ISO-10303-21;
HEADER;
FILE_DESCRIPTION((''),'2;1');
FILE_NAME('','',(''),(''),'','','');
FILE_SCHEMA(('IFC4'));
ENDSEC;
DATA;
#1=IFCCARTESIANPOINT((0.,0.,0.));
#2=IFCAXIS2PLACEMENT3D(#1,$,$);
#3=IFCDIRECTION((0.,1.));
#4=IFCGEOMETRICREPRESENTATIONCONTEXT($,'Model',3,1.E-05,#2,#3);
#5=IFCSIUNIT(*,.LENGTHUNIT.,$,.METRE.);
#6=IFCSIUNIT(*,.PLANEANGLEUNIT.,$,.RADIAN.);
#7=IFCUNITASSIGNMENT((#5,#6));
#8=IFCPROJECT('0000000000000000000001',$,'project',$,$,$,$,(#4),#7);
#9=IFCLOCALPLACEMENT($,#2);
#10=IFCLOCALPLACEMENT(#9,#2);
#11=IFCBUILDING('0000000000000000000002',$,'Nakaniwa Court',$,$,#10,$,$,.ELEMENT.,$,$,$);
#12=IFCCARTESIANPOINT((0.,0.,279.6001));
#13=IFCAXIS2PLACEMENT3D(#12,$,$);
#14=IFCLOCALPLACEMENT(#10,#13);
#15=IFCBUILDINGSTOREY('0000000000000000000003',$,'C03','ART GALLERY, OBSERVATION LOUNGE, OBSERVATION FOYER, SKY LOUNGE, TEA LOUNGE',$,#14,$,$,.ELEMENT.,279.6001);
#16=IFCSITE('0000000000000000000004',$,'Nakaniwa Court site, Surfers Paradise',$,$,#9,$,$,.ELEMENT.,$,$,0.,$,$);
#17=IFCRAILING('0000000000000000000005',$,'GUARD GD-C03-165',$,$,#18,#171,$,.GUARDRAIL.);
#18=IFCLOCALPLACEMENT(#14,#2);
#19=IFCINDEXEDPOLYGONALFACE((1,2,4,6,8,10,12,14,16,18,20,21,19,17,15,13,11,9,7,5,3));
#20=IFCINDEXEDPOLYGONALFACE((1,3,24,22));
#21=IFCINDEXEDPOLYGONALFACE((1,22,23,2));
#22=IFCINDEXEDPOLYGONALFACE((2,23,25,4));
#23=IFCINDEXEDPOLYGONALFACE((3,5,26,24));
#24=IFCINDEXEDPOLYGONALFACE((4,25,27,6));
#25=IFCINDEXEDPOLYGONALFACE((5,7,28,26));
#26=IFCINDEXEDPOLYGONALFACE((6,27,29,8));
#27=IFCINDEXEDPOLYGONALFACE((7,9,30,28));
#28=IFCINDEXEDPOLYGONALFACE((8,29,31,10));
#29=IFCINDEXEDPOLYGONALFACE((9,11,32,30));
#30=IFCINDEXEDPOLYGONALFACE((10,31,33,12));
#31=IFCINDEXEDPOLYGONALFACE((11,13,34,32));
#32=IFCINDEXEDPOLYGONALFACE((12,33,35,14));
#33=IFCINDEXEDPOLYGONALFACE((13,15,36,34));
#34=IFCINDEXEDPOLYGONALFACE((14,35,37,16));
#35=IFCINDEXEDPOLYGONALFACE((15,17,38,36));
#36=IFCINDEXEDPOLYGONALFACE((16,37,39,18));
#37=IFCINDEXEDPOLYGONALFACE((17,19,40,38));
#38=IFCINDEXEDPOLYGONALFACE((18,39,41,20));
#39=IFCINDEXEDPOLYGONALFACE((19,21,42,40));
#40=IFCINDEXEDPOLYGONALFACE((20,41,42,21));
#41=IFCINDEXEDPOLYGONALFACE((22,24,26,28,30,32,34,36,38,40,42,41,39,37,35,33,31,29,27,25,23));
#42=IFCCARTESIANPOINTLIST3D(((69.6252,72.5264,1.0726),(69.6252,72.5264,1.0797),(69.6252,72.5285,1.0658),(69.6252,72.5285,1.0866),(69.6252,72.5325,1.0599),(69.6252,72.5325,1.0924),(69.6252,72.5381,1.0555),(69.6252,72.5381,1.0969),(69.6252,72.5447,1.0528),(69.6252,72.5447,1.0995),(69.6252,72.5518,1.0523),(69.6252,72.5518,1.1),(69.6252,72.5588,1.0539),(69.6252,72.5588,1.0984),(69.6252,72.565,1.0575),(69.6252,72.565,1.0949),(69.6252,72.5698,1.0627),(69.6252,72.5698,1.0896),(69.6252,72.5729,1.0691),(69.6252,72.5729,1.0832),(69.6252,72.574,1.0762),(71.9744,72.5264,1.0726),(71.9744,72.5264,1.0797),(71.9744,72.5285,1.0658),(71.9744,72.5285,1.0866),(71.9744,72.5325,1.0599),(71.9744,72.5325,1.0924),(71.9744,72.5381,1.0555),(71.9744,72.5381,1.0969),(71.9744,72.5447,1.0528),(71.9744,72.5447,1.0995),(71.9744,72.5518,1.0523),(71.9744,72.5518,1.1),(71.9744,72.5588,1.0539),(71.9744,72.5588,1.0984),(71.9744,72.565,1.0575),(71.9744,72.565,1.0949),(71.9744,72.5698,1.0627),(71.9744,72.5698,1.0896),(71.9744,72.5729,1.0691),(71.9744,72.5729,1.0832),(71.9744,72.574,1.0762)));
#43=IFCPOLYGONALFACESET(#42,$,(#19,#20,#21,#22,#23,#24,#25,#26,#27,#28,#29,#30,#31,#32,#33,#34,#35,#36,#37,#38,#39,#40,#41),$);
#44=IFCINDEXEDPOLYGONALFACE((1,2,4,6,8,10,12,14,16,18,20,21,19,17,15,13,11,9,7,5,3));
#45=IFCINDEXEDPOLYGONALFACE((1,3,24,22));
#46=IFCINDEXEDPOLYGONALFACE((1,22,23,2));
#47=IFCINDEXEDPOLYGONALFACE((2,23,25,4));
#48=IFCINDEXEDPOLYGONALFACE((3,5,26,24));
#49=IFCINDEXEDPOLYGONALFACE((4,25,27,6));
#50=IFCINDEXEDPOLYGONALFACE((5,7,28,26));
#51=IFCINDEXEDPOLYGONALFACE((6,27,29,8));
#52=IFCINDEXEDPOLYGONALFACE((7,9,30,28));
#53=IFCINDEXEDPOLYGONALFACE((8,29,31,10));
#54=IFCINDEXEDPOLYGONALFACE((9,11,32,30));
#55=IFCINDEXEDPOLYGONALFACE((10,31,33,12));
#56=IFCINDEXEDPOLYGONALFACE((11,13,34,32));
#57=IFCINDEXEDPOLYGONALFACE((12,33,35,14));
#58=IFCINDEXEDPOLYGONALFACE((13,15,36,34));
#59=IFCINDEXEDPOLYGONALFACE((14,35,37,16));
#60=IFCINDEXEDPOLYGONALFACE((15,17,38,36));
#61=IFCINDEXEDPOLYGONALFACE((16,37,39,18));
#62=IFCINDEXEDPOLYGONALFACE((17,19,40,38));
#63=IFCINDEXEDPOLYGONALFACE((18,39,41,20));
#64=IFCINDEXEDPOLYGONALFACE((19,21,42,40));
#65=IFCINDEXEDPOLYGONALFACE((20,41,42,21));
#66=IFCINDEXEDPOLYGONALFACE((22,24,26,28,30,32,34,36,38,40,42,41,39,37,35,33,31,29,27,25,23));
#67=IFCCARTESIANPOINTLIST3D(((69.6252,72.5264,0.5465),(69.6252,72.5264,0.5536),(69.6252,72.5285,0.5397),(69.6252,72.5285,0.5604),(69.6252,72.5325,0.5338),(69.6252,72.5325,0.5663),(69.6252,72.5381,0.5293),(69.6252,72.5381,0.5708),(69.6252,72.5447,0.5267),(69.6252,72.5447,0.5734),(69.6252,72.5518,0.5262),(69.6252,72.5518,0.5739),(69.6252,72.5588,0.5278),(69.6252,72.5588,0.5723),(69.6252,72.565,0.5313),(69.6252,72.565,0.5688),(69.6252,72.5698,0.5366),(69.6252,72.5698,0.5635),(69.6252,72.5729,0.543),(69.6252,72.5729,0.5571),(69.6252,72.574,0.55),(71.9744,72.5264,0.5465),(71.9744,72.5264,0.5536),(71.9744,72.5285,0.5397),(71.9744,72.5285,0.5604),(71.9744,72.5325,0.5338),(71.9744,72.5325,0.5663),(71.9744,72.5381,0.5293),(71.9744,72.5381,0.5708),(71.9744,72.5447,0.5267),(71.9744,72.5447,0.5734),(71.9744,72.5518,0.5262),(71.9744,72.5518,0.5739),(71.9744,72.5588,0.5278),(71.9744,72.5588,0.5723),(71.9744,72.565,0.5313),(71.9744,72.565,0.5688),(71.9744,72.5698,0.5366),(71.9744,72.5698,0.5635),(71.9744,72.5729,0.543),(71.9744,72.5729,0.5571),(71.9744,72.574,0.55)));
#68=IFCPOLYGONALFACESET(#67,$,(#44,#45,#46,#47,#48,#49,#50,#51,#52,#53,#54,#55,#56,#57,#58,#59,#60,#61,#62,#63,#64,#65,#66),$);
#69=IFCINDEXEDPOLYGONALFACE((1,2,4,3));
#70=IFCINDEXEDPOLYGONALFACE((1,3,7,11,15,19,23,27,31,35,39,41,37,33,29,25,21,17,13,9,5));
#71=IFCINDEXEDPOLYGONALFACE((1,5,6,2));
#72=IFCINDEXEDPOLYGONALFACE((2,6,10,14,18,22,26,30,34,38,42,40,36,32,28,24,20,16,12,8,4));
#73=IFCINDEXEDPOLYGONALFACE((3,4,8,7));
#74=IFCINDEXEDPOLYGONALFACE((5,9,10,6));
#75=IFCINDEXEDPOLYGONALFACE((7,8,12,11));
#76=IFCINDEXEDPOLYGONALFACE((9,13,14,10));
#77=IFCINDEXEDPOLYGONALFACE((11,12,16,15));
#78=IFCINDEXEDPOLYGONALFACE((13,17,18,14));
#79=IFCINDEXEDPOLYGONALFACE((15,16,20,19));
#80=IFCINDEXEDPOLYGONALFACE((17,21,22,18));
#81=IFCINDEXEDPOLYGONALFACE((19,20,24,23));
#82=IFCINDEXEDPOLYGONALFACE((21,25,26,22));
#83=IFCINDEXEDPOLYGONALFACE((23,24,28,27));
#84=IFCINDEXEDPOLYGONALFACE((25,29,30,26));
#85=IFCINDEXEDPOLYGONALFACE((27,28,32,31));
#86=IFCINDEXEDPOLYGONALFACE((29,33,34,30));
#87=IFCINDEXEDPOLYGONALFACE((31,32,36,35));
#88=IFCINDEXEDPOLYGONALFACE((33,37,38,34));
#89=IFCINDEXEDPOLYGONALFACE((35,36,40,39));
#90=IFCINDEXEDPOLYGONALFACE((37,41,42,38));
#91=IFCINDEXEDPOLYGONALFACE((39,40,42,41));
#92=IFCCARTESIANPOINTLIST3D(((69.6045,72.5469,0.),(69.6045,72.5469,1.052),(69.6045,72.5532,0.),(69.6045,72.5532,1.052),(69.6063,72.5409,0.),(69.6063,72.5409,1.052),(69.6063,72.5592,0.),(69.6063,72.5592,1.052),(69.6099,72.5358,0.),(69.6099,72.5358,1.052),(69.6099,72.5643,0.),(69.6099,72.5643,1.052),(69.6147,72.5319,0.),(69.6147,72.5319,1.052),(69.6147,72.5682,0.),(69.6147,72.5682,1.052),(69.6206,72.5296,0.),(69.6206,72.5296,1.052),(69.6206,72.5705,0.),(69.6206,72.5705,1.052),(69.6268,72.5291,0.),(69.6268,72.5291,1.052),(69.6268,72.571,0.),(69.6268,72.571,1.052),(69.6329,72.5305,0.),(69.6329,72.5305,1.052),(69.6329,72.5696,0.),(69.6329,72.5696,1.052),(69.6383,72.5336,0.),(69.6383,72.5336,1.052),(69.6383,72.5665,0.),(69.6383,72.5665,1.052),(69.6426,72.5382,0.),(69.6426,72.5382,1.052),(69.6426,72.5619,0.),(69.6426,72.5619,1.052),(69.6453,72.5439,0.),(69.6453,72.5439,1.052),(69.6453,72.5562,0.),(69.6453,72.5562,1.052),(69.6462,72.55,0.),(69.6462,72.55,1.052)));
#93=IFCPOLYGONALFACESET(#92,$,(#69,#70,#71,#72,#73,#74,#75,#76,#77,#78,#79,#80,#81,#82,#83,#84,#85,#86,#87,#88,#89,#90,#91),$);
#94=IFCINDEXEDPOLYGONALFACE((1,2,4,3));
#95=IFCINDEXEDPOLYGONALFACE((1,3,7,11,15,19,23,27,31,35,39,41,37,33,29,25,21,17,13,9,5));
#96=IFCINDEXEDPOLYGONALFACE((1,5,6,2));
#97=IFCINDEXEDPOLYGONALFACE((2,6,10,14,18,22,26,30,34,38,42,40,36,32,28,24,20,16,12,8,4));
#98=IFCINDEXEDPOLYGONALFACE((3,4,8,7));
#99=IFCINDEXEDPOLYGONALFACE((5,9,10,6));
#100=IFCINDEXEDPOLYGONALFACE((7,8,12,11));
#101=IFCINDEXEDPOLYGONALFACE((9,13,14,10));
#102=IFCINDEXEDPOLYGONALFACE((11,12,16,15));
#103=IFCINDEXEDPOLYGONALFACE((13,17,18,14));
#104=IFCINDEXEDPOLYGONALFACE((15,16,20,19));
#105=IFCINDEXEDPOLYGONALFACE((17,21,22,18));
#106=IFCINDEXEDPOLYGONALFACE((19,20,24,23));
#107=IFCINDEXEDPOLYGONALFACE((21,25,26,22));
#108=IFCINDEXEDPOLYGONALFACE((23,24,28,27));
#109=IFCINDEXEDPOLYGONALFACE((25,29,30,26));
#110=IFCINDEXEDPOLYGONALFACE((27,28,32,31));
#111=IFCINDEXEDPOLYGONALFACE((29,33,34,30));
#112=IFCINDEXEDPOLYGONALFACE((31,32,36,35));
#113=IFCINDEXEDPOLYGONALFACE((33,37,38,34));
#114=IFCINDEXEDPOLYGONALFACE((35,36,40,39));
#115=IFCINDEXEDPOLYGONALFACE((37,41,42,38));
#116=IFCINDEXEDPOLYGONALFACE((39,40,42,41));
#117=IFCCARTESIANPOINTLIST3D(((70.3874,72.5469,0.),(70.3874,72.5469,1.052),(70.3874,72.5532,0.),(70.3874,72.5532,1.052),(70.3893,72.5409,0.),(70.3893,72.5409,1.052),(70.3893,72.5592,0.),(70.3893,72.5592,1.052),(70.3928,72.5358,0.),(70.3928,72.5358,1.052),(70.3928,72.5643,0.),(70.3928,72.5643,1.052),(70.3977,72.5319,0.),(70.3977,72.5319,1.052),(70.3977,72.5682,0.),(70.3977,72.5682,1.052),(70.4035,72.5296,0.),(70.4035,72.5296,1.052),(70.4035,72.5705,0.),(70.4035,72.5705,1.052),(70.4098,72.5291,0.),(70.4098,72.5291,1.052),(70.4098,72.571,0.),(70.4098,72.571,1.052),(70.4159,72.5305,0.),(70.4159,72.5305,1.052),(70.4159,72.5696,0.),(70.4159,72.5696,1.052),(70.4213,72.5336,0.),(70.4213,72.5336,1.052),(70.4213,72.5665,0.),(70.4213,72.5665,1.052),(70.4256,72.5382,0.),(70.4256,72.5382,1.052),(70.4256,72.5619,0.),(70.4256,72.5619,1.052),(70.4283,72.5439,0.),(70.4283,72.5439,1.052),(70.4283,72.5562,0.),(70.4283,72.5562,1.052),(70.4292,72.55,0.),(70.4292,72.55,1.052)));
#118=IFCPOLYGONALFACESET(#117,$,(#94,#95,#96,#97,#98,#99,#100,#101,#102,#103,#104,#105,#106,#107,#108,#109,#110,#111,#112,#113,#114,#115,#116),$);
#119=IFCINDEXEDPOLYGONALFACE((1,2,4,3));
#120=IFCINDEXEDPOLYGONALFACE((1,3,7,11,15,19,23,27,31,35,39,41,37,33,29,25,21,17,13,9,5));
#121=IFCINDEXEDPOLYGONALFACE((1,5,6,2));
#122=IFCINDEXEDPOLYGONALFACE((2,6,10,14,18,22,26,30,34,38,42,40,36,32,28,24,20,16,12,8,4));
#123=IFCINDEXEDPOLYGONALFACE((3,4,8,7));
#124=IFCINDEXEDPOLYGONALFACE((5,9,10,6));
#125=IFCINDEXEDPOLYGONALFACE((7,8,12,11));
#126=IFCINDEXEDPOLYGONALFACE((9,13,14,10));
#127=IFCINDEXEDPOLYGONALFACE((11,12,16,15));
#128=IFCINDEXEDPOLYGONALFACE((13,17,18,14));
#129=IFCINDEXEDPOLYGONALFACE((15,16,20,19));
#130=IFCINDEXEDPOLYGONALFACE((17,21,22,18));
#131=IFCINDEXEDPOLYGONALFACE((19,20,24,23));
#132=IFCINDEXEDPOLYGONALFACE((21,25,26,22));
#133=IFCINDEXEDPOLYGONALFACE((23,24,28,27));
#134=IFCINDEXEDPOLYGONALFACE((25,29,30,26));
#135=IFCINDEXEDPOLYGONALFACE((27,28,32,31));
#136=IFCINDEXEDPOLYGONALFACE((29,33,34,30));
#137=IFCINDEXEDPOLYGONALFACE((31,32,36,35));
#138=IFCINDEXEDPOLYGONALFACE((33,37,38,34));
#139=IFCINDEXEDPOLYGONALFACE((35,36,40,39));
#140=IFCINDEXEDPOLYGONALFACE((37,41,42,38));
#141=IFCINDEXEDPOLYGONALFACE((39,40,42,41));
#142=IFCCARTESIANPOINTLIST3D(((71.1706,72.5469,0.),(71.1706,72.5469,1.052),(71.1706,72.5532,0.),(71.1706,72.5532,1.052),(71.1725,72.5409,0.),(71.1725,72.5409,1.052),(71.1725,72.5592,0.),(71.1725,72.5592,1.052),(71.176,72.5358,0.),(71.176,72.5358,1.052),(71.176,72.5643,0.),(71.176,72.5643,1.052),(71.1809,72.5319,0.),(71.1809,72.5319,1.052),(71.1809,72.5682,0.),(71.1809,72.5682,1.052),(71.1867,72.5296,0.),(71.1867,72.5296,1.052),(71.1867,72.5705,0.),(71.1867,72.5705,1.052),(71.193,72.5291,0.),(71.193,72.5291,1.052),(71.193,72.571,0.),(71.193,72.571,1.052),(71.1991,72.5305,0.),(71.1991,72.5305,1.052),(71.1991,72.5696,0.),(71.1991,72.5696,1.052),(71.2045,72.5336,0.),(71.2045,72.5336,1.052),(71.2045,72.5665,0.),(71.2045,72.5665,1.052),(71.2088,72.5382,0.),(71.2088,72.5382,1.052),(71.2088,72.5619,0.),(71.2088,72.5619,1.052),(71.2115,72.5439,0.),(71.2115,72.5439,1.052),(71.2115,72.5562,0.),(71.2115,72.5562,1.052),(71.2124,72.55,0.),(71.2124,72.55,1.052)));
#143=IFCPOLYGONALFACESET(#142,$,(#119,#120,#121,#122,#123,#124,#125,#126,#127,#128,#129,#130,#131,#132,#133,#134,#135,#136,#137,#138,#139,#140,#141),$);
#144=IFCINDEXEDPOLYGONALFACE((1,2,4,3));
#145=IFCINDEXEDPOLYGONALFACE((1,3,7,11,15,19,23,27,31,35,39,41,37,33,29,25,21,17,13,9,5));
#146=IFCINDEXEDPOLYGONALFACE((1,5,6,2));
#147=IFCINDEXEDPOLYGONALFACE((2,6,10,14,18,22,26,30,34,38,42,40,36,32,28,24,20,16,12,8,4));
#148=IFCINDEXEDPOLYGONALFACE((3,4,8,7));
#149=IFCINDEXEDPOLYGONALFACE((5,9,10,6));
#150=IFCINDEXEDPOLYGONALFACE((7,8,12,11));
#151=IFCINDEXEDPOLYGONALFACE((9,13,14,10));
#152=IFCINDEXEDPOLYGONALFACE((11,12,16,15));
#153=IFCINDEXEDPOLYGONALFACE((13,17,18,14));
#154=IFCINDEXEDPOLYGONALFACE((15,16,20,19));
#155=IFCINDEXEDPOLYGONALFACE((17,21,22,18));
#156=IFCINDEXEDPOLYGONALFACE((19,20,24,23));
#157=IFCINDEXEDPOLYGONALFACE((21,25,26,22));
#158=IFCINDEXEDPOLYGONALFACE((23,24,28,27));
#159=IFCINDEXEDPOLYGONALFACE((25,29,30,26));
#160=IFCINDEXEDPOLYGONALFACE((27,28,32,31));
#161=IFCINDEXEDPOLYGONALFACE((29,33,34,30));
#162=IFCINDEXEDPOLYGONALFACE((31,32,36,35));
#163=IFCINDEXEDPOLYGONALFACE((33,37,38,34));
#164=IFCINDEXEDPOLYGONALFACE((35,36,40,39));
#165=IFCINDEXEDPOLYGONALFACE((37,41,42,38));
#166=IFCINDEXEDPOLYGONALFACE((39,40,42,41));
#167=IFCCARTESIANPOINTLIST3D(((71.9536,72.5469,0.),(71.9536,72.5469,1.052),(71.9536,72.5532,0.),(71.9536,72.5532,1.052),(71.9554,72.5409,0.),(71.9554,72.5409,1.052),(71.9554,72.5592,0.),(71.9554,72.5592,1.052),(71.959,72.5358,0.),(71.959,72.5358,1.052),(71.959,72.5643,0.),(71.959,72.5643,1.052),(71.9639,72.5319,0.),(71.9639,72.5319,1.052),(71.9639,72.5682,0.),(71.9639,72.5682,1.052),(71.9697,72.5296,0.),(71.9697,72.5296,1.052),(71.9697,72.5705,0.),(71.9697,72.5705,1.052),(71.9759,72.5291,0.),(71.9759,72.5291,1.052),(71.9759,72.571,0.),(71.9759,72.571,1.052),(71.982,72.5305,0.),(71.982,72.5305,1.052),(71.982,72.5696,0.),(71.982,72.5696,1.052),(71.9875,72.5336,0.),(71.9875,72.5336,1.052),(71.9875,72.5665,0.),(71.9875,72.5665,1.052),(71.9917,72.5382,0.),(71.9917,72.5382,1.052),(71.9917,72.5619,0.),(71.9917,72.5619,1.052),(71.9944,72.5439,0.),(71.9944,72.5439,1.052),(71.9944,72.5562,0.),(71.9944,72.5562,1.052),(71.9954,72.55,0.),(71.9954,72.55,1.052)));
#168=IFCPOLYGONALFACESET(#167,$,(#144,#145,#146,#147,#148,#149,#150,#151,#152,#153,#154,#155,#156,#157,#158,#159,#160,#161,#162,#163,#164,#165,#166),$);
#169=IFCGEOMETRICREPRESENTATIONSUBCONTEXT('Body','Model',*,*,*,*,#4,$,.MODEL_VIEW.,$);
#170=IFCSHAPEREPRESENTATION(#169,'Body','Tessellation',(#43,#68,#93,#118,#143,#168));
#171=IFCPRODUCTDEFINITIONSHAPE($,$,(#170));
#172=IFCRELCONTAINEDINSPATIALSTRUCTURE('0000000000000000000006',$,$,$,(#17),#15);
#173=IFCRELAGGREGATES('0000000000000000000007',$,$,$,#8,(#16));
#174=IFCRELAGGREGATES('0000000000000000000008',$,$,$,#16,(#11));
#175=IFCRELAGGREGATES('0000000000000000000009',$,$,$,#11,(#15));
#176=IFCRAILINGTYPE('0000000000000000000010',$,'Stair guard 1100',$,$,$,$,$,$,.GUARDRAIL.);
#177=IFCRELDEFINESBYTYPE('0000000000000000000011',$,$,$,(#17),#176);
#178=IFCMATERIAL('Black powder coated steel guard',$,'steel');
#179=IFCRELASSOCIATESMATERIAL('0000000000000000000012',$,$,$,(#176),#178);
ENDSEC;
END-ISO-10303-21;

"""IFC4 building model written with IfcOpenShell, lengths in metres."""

from ifc_helpers import new_model, si_unit, direction, frame, origin, origin_2d, place, context, subcontext, project, spatial, circle, extrude, material, type_object, element, save


model = new_model("IFC4")

# Units and contexts
model_context = context("Model", 3, precision=1e-05, world=origin(), true_north=direction((0.0, 1.0)))
body_context = subcontext(model_context, "Body", "Model", "MODEL_VIEW")
ifc_project = project(units=[si_unit("LENGTHUNIT", "METRE"), si_unit("PLANEANGLEUNIT", "RADIAN")], contexts=[model_context])

# Site, building, storey
site_placement = place(None, origin())
site = spatial("IfcSite", under=ifc_project, at=site_placement, Name="Nakaniwa Court site, Surfers Paradise", CompositionType="ELEMENT", RefElevation=0.0)
building_placement = place(site_placement, origin())
building = spatial("IfcBuilding", under=site, at=building_placement, Name="Nakaniwa Court", CompositionType="ELEMENT")
storey_placement = place(building_placement, frame((0.0, 0.0, 279.6001)))
storey = spatial("IfcBuildingStorey", under=building, at=storey_placement, Name="C03", Description="ART GALLERY, OBSERVATION LOUNGE, OBSERVATION FOYER, SKY LOUNGE, TEA LOUNGE", CompositionType="ELEMENT", Elevation=279.6001)

# Railing
ifc_material_1 = material(Name="Black powder coated steel guard", Category="steel")
railing_type = type_object("IfcRailingType", Name="Stair guard 1100", PredefinedType="GUARDRAIL", material=ifc_material_1)
railing_placement = place(storey_placement, frame((69.6252, 72.55, 0.0)))
element("IfcRailing", 1, at=railing_placement, inside=storey, type_object=railing_type, Name="GUARD GD-C03-165", PredefinedType="GUARDRAIL", context=body_context, shape_type="SweptSolid", body=[
    extrude(circle(Radius=0.0239, at=origin_2d()), frame((0.0, 0.0, 1.0762), z_axis=(1.0, 0.0, 0.0), x_axis=(0.0, 1.0, 0.0)), (0.0, 0.0, 1.0), 2.3491),
    extrude(circle(Radius=0.0239, at=origin_2d()), frame((0.0, 0.0, 0.55), z_axis=(1.0, 0.0, 0.0), x_axis=(0.0, 1.0, 0.0)), (0.0, 0.0, 1.0), 2.3491),
    extrude(circle(Radius=0.021, at=origin_2d()), origin(), (0.0, 0.0, 1.0), 1.052),
    extrude(circle(Radius=0.021, at=origin_2d()), frame((0.783, 0.0, 0.0)), (0.0, 0.0, 1.0), 1.052),
    extrude(circle(Radius=0.021, at=origin_2d()), frame((1.5662, 0.0, 0.0)), (0.0, 0.0, 1.0), 1.052),
    extrude(circle(Radius=0.021, at=origin_2d()), frame((2.3491, 0.0, 0.0)), (0.0, 0.0, 1.0), 1.052),
])

save(model, "model.ifc")
